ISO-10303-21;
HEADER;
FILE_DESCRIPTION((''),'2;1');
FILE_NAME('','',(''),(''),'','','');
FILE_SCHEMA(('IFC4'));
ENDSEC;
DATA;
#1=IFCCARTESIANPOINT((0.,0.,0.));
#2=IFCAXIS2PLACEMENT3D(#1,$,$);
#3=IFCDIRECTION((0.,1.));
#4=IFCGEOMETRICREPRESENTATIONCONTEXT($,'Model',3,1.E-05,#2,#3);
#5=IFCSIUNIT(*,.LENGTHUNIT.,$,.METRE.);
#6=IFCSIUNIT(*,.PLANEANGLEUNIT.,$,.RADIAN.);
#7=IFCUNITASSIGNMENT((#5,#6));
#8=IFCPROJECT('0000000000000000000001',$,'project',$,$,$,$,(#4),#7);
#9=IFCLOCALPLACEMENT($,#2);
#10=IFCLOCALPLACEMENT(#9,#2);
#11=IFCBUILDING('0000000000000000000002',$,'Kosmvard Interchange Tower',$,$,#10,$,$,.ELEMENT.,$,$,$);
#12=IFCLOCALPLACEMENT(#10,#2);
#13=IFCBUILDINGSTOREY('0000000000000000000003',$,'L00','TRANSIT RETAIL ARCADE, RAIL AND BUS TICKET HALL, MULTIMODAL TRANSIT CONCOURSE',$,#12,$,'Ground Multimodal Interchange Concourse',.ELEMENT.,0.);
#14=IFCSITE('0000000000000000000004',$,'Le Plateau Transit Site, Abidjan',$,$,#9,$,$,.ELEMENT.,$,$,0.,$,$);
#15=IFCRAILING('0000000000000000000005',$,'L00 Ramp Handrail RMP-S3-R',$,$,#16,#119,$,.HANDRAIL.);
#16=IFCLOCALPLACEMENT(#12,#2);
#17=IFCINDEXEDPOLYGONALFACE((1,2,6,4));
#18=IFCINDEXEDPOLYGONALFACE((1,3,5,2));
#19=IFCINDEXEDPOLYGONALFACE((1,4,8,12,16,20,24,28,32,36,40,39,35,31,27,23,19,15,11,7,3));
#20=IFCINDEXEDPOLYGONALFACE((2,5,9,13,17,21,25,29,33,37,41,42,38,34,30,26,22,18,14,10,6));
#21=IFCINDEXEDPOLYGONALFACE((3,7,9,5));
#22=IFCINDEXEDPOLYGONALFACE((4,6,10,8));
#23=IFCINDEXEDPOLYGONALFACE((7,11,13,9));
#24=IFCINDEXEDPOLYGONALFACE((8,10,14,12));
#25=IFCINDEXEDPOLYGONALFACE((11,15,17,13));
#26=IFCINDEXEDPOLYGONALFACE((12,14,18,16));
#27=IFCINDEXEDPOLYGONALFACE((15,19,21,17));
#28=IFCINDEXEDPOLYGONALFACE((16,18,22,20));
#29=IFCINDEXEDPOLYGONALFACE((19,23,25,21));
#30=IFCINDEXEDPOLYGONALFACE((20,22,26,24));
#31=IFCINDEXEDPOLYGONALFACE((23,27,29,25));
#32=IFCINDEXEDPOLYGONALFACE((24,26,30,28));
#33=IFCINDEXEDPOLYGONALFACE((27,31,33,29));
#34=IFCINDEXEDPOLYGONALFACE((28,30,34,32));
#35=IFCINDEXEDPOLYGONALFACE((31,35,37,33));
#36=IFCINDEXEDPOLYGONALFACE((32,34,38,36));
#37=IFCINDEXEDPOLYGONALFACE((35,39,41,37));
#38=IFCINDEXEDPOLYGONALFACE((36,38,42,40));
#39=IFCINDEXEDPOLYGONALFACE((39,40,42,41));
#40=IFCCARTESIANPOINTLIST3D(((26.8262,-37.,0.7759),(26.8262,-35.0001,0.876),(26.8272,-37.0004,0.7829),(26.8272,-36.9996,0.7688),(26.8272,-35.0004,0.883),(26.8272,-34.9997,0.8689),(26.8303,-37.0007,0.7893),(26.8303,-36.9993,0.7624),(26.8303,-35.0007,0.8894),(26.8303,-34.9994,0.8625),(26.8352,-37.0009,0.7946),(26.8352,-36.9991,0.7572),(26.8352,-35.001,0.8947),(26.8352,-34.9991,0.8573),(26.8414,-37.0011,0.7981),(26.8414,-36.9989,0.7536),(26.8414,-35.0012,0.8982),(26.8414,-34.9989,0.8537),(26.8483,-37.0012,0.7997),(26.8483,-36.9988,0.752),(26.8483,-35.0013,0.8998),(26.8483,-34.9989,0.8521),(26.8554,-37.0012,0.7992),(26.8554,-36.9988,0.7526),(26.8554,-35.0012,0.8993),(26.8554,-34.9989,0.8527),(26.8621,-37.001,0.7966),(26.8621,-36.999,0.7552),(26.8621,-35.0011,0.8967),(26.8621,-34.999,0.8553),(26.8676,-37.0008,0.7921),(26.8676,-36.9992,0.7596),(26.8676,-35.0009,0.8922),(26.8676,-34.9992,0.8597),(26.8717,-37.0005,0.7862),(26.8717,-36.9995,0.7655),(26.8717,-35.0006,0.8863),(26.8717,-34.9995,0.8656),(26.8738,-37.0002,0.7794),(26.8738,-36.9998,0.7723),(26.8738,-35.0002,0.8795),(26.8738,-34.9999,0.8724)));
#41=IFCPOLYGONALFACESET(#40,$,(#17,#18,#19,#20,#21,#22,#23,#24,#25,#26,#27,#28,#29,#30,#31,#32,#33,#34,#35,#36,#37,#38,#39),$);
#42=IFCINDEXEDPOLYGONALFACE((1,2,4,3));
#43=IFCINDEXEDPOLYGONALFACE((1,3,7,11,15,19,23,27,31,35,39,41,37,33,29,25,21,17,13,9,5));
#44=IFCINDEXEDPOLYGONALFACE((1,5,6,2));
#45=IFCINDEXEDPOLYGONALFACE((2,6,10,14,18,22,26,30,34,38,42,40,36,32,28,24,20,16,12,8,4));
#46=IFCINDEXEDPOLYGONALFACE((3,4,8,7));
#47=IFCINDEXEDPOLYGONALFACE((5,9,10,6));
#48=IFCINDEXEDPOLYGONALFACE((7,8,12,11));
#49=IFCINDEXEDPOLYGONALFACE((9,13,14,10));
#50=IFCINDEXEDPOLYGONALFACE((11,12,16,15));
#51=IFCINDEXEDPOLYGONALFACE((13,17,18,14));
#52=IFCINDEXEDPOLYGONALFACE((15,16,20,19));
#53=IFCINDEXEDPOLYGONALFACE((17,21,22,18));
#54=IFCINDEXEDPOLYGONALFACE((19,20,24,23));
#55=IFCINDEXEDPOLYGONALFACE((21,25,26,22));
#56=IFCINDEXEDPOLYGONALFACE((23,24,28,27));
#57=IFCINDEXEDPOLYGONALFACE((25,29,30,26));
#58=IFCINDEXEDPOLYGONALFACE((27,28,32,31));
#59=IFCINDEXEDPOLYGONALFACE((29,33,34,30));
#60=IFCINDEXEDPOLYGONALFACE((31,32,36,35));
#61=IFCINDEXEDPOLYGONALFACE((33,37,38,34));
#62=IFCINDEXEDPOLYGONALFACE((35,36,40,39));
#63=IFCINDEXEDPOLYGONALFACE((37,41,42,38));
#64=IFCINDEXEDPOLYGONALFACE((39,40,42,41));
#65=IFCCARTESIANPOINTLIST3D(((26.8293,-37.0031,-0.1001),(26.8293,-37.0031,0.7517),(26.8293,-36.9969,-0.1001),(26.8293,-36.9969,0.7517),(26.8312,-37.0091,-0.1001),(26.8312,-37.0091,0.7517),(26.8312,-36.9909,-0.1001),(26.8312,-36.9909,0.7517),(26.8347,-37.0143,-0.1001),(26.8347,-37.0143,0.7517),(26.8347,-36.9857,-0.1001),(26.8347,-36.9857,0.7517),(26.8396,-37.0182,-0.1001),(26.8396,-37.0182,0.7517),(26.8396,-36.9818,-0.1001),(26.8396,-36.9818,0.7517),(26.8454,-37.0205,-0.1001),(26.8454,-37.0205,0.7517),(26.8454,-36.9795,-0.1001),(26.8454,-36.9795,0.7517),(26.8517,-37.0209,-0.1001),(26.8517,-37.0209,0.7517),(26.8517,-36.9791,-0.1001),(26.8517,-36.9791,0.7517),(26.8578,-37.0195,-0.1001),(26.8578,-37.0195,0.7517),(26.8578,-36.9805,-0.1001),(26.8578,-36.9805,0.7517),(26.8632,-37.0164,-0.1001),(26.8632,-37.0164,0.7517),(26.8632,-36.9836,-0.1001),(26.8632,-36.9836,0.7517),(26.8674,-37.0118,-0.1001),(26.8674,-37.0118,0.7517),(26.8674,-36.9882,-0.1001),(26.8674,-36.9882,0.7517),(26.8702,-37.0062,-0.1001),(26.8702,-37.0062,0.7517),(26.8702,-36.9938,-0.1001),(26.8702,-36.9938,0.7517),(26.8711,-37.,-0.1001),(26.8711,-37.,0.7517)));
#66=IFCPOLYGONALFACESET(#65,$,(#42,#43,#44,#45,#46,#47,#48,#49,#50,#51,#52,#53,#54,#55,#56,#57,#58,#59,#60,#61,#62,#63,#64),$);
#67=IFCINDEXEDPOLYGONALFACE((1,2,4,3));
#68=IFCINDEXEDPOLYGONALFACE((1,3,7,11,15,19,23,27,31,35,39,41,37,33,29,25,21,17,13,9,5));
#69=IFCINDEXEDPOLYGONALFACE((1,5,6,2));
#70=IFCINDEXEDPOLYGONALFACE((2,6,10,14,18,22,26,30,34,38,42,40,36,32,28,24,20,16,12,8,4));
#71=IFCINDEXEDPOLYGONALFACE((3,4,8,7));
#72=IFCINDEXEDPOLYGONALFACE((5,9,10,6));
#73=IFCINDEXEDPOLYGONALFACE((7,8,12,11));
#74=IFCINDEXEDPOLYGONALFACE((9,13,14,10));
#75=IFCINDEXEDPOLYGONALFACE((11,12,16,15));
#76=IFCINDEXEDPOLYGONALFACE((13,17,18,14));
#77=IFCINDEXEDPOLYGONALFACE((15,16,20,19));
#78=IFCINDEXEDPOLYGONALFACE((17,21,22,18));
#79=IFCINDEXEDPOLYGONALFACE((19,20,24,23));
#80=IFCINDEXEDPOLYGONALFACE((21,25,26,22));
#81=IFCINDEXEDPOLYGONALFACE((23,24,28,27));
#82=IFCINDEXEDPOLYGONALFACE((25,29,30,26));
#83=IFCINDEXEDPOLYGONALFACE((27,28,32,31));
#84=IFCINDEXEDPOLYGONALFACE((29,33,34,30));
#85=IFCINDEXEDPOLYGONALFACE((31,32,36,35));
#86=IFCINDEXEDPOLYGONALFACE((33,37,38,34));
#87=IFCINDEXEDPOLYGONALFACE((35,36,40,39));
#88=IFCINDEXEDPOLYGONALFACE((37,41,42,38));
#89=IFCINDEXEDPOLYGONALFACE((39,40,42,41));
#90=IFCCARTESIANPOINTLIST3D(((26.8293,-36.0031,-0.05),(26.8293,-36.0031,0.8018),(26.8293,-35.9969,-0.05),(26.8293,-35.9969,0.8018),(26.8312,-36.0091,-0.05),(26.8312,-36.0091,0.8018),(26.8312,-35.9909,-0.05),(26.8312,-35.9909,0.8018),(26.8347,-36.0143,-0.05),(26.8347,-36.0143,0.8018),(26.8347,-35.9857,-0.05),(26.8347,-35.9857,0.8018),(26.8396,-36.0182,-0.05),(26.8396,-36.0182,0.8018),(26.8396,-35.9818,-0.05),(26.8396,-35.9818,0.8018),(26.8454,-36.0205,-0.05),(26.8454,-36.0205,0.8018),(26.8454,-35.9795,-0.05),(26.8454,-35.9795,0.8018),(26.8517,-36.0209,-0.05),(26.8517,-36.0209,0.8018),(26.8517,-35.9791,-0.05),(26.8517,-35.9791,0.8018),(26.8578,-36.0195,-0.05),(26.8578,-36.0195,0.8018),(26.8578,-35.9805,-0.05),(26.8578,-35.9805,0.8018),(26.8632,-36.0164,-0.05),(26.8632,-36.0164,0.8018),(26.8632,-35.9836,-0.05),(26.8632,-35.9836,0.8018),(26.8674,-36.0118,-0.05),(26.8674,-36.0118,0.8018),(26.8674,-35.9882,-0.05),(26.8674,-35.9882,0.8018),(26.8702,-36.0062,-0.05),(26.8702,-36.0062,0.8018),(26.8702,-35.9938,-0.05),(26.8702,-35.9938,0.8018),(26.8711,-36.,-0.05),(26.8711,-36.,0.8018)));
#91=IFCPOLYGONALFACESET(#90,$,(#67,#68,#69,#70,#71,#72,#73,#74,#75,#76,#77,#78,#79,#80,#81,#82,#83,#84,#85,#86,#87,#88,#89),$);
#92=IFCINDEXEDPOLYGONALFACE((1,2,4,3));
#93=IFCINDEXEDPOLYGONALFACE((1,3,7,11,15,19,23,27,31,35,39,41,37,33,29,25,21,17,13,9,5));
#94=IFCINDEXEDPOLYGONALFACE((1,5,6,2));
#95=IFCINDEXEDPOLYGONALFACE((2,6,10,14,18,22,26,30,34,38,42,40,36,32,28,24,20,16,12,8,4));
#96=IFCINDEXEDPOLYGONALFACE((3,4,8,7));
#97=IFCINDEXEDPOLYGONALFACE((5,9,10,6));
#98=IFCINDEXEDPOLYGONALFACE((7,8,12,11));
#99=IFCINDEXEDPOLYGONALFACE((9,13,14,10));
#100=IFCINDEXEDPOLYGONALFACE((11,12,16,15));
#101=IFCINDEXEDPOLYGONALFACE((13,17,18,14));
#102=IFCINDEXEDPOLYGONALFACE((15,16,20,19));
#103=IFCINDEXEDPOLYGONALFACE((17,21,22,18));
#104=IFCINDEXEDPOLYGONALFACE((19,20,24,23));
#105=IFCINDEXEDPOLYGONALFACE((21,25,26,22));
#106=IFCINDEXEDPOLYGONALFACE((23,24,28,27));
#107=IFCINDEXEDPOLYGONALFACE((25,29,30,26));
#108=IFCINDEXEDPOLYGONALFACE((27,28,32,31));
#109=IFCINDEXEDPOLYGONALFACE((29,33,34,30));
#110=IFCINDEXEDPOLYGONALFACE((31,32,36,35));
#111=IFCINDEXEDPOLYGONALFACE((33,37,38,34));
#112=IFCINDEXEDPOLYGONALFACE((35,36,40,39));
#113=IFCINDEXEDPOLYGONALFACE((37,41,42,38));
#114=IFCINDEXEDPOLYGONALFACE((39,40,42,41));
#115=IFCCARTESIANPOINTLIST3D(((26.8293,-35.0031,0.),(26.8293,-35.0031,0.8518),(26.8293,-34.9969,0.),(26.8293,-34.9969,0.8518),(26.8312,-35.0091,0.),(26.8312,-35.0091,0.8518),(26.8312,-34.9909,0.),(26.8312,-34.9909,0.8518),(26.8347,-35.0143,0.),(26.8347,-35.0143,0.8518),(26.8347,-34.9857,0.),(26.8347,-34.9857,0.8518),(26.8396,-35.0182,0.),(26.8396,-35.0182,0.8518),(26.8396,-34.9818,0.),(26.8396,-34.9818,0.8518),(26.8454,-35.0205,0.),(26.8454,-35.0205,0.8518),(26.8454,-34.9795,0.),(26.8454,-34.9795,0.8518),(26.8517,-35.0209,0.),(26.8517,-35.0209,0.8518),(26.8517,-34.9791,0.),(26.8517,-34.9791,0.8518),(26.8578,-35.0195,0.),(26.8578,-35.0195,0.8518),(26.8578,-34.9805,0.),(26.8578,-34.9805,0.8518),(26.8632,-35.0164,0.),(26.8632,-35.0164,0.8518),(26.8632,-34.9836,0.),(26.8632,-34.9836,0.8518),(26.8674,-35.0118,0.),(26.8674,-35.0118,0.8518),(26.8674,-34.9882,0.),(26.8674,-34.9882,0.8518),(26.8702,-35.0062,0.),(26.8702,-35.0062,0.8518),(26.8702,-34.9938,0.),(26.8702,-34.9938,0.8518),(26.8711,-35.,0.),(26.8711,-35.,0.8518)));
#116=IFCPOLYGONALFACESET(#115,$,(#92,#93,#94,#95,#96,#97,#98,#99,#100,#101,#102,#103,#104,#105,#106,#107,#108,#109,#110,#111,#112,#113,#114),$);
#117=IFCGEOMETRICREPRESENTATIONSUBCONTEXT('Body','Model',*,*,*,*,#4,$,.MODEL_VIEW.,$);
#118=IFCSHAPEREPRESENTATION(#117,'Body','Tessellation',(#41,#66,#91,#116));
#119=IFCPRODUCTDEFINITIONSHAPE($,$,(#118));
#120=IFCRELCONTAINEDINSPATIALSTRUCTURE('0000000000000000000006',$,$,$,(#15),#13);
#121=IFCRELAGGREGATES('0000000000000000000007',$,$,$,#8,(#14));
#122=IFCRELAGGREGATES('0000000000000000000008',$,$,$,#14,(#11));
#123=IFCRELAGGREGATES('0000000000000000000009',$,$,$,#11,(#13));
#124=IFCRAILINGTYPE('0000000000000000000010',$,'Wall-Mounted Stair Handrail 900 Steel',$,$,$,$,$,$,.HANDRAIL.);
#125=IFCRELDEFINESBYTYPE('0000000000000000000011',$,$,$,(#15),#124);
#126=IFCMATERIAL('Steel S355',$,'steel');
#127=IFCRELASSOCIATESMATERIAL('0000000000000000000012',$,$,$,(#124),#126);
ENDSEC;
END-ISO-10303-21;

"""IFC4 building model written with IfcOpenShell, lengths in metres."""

from ifc_helpers import new_model, si_unit, direction, frame, origin, origin_2d, place, context, subcontext, project, spatial, circle, extrude, source, transform, mapped, material, type_object, element, save


model = new_model("IFC4")

# Units and contexts
model_context = context("Model", 3, precision=1e-05, world=origin(), true_north=direction((0.0, 1.0)))
body_context = subcontext(model_context, "Body", "Model", "MODEL_VIEW")
ifc_project = project(units=[si_unit("LENGTHUNIT", "METRE"), si_unit("PLANEANGLEUNIT", "RADIAN")], contexts=[model_context])

# Site, building, storey
site_placement = place(None, origin())
site = spatial("IfcSite", under=ifc_project, at=site_placement, Name="Le Plateau Transit Site, Abidjan", CompositionType="ELEMENT", RefElevation=0.0)
building_placement = place(site_placement, origin())
building = spatial("IfcBuilding", under=site, at=building_placement, Name="Kosmvard Interchange Tower", CompositionType="ELEMENT")
storey_placement = place(building_placement, origin())
storey = spatial("IfcBuildingStorey", under=building, at=storey_placement, Name="L00", Description="TRANSIT RETAIL ARCADE, RAIL AND BUS TICKET HALL, MULTIMODAL TRANSIT CONCOURSE", LongName="Ground Multimodal Interchange Concourse", CompositionType="ELEMENT", Elevation=0.0)

# Shared definitions
ifc_material_1 = material(Name="Steel S355", Category="steel")

# Railing
railing_type = type_object("IfcRailingType", Name="Wall-Mounted Stair Handrail 900 Steel", PredefinedType="HANDRAIL", material=ifc_material_1)
shared_shape_1 = source(origin(), body_context, "Body", "SweptSolid", [
    extrude(circle(Radius=0.0239, at=origin_2d()), frame((0.0, 0.0, 0.876), z_axis=(0.0, 0.99875, 0.049986), x_axis=(-1.0, 0.0, 0.0)), (0.0, 0.0, 1.0), 2.0024),
    extrude(circle(Radius=0.021, at=origin_2d()), origin(), (0.0, 0.0, 1.0), 0.8518),
    extrude(circle(Radius=0.021, at=origin_2d()), frame((0.0, 1.0, 0.05)), (0.0, 0.0, 1.0), 0.8518),
    extrude(circle(Radius=0.021, at=origin_2d()), frame((0.0, 2.0, 0.1001)), (0.0, 0.0, 1.0), 0.8518),
])
for number, where, name in (
    (1, (26.8501, -37.0, -0.1001), "L00 Ramp Handrail RMP-S3-R"),
):
    element("IfcRailing", number, at=place(storey_placement, frame(where)), inside=storey, type_object=railing_type, Name=name, PredefinedType="HANDRAIL", context=body_context, shape_type="MappedRepresentation", body=[
        mapped(shared_shape_1, transform((0.0, 0.0, 0.0), scale=1.0)),
    ])

save(model, "model.ifc")
